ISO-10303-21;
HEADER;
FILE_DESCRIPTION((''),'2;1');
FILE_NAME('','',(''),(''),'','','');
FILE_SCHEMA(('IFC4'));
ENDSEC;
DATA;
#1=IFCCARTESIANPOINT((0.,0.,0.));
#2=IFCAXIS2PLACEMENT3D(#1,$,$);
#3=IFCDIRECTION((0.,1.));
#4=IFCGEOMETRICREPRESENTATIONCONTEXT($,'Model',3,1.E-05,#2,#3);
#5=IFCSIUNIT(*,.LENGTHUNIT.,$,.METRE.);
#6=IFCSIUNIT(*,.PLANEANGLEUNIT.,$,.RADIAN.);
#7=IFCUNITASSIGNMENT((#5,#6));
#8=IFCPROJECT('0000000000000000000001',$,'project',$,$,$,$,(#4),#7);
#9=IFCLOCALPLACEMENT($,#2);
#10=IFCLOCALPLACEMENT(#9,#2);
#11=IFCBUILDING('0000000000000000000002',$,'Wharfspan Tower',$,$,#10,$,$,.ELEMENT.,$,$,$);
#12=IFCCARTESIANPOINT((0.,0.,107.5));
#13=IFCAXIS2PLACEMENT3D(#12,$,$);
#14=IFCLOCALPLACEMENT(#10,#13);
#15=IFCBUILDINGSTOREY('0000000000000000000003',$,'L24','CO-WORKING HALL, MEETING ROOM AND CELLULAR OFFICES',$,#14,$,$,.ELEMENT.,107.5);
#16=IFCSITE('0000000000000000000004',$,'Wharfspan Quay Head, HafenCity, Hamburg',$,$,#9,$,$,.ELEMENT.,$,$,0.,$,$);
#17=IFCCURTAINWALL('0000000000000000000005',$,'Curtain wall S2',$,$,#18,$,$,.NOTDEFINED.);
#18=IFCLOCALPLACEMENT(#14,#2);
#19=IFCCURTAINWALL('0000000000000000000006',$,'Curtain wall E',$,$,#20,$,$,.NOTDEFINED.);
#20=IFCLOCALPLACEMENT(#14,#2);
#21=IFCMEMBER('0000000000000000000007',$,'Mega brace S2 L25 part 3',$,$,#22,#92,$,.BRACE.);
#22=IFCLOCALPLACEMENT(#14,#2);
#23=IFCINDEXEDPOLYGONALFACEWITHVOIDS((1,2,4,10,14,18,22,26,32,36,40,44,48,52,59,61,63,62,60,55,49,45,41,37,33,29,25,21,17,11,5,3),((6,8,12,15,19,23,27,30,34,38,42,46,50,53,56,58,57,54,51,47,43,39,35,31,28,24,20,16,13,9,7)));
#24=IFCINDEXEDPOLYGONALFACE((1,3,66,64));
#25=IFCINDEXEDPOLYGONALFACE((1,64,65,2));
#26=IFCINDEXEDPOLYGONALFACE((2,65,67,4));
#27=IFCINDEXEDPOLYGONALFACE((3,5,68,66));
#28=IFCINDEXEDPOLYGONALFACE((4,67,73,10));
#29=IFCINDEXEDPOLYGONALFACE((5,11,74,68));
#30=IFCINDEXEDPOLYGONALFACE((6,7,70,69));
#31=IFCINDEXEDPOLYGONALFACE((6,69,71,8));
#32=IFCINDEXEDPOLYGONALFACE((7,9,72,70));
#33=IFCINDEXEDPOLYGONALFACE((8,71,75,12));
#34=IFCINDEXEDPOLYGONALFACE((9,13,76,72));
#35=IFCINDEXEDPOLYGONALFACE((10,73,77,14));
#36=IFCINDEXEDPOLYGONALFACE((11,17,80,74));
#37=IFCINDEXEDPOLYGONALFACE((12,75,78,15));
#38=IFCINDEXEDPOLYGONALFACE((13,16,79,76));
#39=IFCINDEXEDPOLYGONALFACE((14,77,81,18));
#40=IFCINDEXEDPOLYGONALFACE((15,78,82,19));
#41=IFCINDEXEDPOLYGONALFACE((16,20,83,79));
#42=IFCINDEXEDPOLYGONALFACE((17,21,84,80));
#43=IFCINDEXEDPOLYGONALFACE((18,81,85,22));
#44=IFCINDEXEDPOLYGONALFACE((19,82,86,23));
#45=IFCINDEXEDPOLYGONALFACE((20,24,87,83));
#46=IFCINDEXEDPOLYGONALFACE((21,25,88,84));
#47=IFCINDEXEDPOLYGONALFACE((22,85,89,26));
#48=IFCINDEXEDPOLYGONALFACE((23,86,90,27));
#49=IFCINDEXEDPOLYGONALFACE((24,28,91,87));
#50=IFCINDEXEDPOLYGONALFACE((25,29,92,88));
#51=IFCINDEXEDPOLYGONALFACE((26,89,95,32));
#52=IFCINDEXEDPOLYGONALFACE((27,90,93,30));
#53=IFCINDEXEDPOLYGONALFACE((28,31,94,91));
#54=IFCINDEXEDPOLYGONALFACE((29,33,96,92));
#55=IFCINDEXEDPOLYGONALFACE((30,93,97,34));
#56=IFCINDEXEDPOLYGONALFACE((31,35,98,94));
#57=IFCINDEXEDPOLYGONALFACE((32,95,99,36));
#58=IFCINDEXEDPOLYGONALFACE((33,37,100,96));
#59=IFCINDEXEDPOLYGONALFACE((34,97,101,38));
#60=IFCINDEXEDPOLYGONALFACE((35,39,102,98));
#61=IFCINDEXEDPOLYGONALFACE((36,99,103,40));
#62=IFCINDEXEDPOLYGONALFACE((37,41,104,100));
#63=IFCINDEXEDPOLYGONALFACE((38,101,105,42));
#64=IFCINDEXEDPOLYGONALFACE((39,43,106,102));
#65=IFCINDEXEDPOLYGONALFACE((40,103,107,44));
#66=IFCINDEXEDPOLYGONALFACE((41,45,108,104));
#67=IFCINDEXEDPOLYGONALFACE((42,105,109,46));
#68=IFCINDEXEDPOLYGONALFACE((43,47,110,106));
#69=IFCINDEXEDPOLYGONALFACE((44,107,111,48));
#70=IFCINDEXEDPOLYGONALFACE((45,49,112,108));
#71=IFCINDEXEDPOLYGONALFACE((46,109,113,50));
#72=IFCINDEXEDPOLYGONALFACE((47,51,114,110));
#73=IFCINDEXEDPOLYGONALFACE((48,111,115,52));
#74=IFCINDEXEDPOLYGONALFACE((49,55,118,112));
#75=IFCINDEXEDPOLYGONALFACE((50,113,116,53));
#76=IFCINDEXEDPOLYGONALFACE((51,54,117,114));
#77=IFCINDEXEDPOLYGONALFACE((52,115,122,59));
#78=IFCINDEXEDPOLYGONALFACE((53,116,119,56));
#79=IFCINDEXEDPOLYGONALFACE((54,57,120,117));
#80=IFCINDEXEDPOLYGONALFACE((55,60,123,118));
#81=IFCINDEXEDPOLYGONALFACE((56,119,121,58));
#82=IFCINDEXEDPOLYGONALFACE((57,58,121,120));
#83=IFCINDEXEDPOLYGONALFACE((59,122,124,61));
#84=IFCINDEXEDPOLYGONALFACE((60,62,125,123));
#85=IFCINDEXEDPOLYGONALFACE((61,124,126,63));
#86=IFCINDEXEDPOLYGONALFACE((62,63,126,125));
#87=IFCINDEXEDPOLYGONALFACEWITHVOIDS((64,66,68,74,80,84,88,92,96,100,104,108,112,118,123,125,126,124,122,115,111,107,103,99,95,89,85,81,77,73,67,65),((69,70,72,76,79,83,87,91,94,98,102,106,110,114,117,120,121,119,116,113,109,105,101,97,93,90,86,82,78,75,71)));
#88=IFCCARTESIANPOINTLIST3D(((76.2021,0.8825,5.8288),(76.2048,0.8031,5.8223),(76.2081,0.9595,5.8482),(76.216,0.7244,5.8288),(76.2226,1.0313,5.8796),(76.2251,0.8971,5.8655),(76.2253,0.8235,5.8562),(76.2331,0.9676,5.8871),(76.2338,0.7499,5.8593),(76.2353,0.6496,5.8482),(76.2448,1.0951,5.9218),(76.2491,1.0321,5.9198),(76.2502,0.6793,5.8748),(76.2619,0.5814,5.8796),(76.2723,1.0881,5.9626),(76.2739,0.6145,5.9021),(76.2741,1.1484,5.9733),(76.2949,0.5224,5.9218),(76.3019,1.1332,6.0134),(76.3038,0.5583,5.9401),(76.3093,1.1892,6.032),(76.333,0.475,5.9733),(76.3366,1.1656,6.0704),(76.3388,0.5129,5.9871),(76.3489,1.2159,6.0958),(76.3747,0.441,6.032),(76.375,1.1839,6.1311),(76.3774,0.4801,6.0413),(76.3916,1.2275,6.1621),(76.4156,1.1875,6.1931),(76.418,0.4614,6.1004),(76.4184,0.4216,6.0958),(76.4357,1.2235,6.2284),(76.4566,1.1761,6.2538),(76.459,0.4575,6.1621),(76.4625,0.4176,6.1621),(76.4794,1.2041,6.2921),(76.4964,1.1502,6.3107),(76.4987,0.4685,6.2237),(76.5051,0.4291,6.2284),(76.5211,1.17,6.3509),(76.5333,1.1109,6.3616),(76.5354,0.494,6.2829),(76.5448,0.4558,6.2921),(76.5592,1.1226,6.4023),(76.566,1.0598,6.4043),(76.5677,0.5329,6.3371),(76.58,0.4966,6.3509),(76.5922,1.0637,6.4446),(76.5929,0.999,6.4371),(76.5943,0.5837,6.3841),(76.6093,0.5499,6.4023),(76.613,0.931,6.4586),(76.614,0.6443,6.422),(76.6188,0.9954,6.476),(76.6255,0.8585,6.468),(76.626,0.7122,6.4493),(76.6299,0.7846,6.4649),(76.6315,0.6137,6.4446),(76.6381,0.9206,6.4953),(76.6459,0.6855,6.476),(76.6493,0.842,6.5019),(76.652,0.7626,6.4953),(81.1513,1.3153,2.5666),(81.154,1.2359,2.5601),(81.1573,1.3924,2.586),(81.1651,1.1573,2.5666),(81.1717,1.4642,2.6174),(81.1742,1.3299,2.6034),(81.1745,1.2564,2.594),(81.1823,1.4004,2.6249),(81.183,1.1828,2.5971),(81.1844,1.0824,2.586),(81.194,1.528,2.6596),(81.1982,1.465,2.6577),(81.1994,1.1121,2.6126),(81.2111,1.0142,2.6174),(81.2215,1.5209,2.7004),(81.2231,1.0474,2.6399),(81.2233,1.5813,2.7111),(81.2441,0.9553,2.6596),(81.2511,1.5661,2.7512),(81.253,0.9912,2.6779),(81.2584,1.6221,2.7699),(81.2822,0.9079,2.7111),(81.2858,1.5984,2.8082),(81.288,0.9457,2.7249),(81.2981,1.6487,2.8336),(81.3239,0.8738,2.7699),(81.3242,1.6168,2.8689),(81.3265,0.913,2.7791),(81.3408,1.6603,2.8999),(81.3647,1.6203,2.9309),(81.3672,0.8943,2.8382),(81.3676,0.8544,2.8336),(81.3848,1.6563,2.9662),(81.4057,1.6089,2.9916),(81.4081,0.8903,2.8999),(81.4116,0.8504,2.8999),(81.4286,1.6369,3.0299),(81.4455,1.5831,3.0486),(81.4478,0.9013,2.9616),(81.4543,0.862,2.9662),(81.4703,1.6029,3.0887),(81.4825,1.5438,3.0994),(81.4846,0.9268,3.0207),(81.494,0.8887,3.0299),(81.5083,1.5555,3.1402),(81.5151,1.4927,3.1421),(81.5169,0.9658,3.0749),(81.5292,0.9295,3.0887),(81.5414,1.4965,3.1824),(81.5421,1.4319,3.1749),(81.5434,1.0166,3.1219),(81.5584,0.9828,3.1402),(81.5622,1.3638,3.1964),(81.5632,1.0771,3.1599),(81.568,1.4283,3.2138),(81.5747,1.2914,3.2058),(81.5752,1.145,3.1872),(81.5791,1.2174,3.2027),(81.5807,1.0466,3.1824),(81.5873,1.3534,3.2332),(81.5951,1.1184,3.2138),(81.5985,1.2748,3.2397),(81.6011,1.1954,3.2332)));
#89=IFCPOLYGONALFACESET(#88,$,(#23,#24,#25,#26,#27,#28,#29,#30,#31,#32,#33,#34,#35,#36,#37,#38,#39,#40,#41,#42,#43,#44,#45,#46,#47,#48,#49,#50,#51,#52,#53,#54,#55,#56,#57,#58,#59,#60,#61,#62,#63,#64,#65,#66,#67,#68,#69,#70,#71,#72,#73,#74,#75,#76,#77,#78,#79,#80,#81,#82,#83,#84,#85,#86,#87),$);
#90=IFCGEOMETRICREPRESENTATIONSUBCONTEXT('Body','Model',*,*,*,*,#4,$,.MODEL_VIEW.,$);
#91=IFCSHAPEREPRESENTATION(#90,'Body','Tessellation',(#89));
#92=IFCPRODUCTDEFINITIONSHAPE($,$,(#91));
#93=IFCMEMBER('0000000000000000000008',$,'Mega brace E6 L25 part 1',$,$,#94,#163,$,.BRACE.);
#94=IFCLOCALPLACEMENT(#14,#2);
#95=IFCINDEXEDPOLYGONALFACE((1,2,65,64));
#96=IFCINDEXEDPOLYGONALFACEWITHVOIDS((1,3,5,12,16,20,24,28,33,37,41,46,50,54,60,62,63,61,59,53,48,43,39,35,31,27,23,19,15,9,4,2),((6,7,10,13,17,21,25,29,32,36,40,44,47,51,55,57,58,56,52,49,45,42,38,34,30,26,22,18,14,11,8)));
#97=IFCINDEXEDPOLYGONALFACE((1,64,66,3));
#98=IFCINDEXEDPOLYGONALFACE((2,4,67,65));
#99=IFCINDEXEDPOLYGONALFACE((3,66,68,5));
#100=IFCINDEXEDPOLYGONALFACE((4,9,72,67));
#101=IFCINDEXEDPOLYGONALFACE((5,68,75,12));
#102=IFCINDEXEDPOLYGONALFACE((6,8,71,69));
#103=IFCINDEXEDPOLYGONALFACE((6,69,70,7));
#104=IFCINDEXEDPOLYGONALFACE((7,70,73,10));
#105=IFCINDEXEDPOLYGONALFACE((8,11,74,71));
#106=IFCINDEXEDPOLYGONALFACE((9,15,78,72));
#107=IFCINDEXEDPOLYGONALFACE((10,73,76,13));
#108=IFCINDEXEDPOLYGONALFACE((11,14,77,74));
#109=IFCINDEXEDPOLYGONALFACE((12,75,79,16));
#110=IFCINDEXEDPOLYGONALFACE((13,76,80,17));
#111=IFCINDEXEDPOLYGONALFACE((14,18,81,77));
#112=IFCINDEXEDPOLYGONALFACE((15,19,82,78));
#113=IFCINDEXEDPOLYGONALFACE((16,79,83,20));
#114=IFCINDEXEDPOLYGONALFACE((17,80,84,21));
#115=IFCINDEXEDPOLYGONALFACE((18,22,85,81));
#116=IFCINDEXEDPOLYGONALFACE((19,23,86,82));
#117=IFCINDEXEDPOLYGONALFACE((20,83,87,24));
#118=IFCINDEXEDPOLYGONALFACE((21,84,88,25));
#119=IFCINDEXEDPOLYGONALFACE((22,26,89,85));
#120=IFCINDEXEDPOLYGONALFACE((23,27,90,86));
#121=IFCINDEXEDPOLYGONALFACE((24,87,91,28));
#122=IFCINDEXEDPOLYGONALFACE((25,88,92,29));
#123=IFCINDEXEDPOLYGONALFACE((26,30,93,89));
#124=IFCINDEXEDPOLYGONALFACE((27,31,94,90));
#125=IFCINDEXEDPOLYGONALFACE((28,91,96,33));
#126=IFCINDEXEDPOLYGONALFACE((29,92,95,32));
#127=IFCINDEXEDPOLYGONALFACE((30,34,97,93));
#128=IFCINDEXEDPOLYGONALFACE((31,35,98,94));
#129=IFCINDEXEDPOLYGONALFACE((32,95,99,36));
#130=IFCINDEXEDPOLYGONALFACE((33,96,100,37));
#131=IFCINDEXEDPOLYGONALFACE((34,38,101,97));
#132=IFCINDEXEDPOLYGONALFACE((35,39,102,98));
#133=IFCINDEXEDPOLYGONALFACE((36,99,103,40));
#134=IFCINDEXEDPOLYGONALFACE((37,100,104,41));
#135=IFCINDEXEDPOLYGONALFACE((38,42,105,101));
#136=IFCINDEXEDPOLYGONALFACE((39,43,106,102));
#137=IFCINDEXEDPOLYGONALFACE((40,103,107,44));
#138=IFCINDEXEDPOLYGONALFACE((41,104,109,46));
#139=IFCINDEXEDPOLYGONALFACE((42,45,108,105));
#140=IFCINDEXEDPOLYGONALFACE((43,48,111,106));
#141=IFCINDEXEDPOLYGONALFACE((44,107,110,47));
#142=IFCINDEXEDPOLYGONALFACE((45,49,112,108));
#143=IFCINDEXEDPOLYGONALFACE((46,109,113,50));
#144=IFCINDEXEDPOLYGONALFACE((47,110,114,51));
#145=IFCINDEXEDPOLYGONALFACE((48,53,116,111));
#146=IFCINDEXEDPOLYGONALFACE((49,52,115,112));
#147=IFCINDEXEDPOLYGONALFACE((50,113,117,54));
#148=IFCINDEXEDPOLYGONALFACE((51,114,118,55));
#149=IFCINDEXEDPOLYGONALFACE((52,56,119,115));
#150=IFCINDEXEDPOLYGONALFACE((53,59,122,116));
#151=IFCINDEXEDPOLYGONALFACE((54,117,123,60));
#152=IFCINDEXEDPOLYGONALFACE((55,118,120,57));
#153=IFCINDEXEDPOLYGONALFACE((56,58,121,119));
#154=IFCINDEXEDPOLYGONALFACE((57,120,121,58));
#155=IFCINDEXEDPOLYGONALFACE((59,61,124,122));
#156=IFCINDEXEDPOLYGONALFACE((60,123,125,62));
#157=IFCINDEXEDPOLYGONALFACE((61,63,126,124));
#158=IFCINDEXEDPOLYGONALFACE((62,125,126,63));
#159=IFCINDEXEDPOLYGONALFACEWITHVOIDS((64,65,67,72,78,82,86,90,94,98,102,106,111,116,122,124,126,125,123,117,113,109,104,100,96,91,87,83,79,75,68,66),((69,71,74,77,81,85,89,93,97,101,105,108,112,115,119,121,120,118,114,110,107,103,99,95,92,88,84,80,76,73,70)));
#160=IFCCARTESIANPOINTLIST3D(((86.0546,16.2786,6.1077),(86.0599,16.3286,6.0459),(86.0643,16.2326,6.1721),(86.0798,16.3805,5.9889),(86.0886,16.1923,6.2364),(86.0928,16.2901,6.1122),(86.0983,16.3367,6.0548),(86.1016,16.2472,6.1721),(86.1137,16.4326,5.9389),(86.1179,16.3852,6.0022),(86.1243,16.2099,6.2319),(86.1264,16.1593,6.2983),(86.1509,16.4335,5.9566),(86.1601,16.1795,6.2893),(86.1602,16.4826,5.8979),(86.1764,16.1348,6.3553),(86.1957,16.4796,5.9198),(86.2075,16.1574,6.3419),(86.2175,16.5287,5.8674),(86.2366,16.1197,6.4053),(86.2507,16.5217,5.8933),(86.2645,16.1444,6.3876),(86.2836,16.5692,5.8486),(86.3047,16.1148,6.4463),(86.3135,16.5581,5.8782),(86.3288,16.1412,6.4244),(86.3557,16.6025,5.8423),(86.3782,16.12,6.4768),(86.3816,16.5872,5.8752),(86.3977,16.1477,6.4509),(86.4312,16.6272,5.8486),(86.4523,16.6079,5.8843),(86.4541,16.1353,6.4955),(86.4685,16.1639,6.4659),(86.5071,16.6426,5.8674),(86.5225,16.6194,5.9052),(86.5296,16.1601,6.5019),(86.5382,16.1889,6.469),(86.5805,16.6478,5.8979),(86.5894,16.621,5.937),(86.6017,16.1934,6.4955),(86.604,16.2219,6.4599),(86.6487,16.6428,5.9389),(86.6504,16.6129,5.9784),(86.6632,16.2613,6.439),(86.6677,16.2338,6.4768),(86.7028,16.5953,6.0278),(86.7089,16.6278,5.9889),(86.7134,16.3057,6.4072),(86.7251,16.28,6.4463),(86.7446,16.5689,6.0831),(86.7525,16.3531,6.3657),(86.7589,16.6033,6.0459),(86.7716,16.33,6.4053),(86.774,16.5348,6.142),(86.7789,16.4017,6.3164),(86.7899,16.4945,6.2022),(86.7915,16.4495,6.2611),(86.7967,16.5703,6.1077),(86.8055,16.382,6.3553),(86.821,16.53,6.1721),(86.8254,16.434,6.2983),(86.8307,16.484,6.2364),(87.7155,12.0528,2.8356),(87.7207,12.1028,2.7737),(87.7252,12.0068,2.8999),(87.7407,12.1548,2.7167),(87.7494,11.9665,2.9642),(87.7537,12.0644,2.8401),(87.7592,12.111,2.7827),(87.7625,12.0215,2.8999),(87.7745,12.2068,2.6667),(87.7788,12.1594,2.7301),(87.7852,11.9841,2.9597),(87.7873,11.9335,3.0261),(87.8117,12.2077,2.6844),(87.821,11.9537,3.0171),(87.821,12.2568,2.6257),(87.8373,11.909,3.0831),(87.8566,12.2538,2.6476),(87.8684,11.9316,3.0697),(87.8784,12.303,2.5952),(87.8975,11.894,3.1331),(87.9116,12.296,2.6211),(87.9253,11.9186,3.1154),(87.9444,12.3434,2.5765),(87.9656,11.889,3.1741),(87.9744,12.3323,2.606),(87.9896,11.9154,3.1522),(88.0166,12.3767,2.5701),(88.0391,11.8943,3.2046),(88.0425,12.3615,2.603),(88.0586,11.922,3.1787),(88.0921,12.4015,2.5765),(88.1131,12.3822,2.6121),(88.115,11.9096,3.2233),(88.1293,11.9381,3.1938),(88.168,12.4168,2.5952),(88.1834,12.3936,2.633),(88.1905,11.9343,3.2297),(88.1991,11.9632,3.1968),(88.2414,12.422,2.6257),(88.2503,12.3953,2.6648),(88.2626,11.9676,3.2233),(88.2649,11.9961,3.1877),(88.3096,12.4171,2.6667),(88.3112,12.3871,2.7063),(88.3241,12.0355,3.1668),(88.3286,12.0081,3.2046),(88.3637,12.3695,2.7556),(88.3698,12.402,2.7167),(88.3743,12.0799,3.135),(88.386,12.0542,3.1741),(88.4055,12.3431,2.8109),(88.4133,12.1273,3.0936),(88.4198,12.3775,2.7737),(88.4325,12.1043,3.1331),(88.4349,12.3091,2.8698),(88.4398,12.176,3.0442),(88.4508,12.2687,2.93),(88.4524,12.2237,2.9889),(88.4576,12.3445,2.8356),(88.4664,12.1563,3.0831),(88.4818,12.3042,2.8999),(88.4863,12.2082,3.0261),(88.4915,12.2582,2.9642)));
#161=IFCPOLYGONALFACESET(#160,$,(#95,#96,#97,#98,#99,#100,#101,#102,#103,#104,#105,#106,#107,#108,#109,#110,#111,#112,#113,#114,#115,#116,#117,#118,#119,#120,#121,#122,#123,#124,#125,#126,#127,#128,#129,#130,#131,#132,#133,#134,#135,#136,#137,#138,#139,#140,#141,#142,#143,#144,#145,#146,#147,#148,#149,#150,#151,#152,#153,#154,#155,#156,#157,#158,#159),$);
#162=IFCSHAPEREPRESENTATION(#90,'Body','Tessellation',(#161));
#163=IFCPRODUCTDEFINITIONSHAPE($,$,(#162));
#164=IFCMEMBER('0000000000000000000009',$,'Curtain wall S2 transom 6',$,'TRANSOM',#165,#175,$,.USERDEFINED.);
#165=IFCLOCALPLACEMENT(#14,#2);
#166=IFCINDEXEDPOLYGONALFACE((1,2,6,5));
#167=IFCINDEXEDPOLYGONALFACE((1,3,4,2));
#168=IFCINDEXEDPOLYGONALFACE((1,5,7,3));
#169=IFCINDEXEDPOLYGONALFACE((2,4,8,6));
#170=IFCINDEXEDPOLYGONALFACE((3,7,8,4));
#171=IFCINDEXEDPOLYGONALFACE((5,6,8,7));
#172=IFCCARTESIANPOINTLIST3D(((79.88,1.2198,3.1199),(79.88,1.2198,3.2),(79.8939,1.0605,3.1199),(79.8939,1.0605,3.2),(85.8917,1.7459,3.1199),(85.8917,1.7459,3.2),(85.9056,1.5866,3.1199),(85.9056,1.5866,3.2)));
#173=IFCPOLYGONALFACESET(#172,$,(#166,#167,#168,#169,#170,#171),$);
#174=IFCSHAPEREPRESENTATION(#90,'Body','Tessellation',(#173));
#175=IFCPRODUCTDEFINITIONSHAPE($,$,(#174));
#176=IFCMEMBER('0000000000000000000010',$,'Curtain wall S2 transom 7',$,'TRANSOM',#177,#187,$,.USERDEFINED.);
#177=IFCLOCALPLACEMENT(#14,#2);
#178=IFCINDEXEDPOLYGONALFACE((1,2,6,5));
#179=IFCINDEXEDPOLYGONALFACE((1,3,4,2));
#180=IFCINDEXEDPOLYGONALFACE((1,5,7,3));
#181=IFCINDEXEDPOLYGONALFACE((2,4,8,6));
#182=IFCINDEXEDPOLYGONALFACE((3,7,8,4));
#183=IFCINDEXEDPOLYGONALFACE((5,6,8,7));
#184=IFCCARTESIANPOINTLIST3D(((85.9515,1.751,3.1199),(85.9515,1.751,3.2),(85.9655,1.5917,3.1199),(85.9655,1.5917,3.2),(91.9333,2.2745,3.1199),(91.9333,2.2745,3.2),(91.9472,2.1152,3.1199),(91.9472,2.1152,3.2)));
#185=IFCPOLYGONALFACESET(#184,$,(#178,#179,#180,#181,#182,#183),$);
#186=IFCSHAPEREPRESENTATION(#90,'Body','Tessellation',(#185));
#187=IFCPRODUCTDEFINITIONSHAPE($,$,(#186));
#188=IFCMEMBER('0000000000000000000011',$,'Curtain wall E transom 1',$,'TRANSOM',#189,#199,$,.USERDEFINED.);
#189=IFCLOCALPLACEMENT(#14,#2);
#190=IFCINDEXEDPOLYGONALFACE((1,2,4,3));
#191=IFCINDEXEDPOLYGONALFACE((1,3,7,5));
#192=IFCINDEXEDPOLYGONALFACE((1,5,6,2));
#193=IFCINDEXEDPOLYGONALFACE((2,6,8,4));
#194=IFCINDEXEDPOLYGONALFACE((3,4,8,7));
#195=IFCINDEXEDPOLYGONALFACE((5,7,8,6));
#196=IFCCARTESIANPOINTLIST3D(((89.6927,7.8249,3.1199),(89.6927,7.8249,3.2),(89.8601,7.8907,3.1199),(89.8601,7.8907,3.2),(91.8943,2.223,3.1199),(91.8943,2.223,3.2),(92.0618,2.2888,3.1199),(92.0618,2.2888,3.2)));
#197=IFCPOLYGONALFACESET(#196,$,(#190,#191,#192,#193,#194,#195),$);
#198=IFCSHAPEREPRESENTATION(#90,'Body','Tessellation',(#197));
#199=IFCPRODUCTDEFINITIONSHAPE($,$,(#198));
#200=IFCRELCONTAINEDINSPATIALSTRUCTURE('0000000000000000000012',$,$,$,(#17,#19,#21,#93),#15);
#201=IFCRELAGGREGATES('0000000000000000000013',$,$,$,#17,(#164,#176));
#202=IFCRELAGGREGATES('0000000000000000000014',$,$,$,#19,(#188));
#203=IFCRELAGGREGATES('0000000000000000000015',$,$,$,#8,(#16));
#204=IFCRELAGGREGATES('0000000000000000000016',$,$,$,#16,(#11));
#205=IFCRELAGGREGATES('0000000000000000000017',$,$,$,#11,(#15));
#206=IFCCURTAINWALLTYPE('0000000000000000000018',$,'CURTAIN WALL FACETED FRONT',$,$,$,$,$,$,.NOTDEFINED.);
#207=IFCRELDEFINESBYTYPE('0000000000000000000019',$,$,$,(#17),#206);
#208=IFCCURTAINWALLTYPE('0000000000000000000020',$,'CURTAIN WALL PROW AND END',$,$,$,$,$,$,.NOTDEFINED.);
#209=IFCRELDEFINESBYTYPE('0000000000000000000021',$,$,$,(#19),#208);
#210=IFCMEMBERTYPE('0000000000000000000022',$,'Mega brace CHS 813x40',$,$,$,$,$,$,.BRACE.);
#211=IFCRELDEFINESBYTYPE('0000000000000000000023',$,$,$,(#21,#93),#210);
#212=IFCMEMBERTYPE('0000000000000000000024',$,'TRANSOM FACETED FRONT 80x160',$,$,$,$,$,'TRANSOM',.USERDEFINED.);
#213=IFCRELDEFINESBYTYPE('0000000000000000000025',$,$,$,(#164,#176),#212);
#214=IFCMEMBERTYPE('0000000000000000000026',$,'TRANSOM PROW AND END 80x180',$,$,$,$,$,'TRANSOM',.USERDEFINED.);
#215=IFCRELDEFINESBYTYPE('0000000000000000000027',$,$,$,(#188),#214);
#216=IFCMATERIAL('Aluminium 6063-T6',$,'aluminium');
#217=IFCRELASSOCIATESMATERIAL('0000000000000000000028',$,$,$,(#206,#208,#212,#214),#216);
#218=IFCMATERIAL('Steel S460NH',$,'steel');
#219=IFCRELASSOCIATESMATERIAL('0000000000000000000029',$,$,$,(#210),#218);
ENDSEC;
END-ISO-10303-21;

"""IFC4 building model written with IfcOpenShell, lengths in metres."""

from ifc_helpers import new_model, si_unit, direction, frame, origin, origin_2d, place, context, subcontext, project, spatial, rectangle, hollow_circle, extrude, material, material_profile, profile_set, type_object, element, aggregate, save


model = new_model("IFC4")

# Units and contexts
model_context = context("Model", 3, precision=1e-05, world=origin(), true_north=direction((0.0, 1.0)))
body_context = subcontext(model_context, "Body", "Model", "MODEL_VIEW")
ifc_project = project(units=[si_unit("LENGTHUNIT", "METRE"), si_unit("PLANEANGLEUNIT", "RADIAN")], contexts=[model_context])

# Site, building, storey
site_placement = place(None, origin())
site = spatial("IfcSite", under=ifc_project, at=site_placement, Name="Wharfspan Quay Head, HafenCity, Hamburg", CompositionType="ELEMENT", RefElevation=0.0)
building_placement = place(site_placement, origin())
building = spatial("IfcBuilding", under=site, at=building_placement, Name="Wharfspan Tower", CompositionType="ELEMENT")
storey_placement = place(building_placement, frame((0.0, 0.0, 107.5)))
storey = spatial("IfcBuildingStorey", under=building, at=storey_placement, Name="L24", Description="CO-WORKING HALL, MEETING ROOM AND CELLULAR OFFICES", CompositionType="ELEMENT", Elevation=107.5)

# Curtain walls
ifc_material_1 = material(Name="Aluminium 6063-T6", Category="aluminium")
curtain_wall_type_1 = type_object("IfcCurtainWallType", Name="CURTAIN WALL FACETED FRONT", PredefinedType="NOTDEFINED", material=ifc_material_1)
curtain_wall_1_placement = place(storey_placement, origin())
curtain_wall_1 = element("IfcCurtainWall", 1, at=curtain_wall_1_placement, inside=storey, type_object=curtain_wall_type_1, Name="Curtain wall S2", PredefinedType="NOTDEFINED")
curtain_wall_type_2 = type_object("IfcCurtainWallType", Name="CURTAIN WALL PROW AND END", PredefinedType="NOTDEFINED", material=ifc_material_1)
curtain_wall_2_placement = place(storey_placement, origin())
curtain_wall_2 = element("IfcCurtainWall", 2, at=curtain_wall_2_placement, inside=storey, type_object=curtain_wall_type_2, Name="Curtain wall E", PredefinedType="NOTDEFINED")

# Members
ifc_material_2 = material(Name="Steel S460NH", Category="steel")
ifc_material_profile_1 = material_profile(ifc_material_2, hollow_circle(Radius=0.4065, WallThickness=0.04, at=origin_2d()))
ifc_profile_set_1 = profile_set([ifc_material_profile_1], Name="Steel S460NH")
member_type_1 = type_object("IfcMemberType", Name="Mega brace CHS 813x40", PredefinedType="BRACE", material=ifc_profile_set_1)
member_1_placement = place(storey_placement, frame((81.3762, 1.2554, 2.8999), z_axis=(-0.832724, -0.07283, 0.548878), x_axis=(0.087128, -0.996197, 0.000001)))
element("IfcMember", 3, at=member_1_placement, inside=storey, type_object=member_type_1, Name="Mega brace S2 L25 part 3", PredefinedType="BRACE", context=body_context, shape_type="SweptSolid", body=[
    extrude(hollow_circle(Radius=0.4065, WallThickness=0.04, at=origin_2d()), origin(), (0.0, 0.0, 1.0), 5.9434),
])
member_2_placement = place(storey_placement, frame((88.1035, 12.1555, 2.8999), z_axis=(-0.29676, 0.755051, 0.584664), x_axis=(-0.930695, -0.365797, 0.000004)))
element("IfcMember", 4, at=member_2_placement, inside=storey, type_object=member_type_1, Name="Mega brace E6 L25 part 1", PredefinedType="BRACE", context=body_context, shape_type="SweptSolid", body=[
    extrude(hollow_circle(Radius=0.4065, WallThickness=0.04, at=origin_2d()), origin(), (0.0, 0.0, 1.0), 5.5967),
])

# Members
ifc_material_profile_2 = material_profile(ifc_material_1, rectangle(XDim=0.1599, YDim=0.0801, at=origin_2d()))
ifc_profile_set_2 = profile_set([ifc_material_profile_2], Name="Aluminium 6063-T6")
member_type_2 = type_object("IfcMemberType", Name="TRANSOM FACETED FRONT 80x160", ElementType="TRANSOM", PredefinedType="USERDEFINED", material=ifc_profile_set_2)
member_3_placement = place(storey_placement, frame((79.887, 1.1401, 3.1599), z_axis=(0.996192, 0.087183, 0.0), x_axis=(-0.087183, 0.996192, 0.0)))
member_3 = element("IfcMember", 5, at=member_3_placement, type_object=member_type_2, Name="Curtain wall S2 transom 6", ObjectType="TRANSOM", PredefinedType="USERDEFINED", context=body_context, shape_type="SweptSolid", body=[
    extrude(rectangle(XDim=0.1599, YDim=0.0801, at=origin_2d()), origin(), (0.0, 0.0, 1.0), 6.0347),
])
member_4_placement = place(storey_placement, frame((85.9585, 1.6714, 3.1599), z_axis=(0.996193, 0.087174, 0.0), x_axis=(-0.087174, 0.996193, 0.0)))
member_4 = element("IfcMember", 6, at=member_4_placement, type_object=member_type_2, Name="Curtain wall S2 transom 7", ObjectType="TRANSOM", PredefinedType="USERDEFINED", context=body_context, shape_type="SweptSolid", body=[
    extrude(rectangle(XDim=0.1599, YDim=0.0801, at=origin_2d()), origin(), (0.0, 0.0, 1.0), 6.0046),
])
ifc_material_profile_3 = material_profile(ifc_material_1, rectangle(XDim=0.1799, YDim=0.0801, at=origin_2d()))
ifc_profile_set_3 = profile_set([ifc_material_profile_3], Name="Aluminium 6063-T6")
member_type_3 = type_object("IfcMemberType", Name="TRANSOM PROW AND END 80x180", ElementType="TRANSOM", PredefinedType="USERDEFINED", material=ifc_profile_set_3)
member_5_placement = place(storey_placement, frame((91.978, 2.2559, 3.1599), z_axis=(-0.365775, 0.930703, 0.0), x_axis=(-0.930703, -0.365775, 0.0)))
member_5 = element("IfcMember", 7, at=member_5_placement, type_object=member_type_3, Name="Curtain wall E transom 1", ObjectType="TRANSOM", PredefinedType="USERDEFINED", context=body_context, shape_type="SweptSolid", body=[
    extrude(rectangle(XDim=0.1799, YDim=0.0801, at=origin_2d()), origin(), (0.0, 0.0, 1.0), 6.019),
])

aggregate(curtain_wall_1, [member_3, member_4])
aggregate(curtain_wall_2, [member_5])

save(model, "model.ifc")
